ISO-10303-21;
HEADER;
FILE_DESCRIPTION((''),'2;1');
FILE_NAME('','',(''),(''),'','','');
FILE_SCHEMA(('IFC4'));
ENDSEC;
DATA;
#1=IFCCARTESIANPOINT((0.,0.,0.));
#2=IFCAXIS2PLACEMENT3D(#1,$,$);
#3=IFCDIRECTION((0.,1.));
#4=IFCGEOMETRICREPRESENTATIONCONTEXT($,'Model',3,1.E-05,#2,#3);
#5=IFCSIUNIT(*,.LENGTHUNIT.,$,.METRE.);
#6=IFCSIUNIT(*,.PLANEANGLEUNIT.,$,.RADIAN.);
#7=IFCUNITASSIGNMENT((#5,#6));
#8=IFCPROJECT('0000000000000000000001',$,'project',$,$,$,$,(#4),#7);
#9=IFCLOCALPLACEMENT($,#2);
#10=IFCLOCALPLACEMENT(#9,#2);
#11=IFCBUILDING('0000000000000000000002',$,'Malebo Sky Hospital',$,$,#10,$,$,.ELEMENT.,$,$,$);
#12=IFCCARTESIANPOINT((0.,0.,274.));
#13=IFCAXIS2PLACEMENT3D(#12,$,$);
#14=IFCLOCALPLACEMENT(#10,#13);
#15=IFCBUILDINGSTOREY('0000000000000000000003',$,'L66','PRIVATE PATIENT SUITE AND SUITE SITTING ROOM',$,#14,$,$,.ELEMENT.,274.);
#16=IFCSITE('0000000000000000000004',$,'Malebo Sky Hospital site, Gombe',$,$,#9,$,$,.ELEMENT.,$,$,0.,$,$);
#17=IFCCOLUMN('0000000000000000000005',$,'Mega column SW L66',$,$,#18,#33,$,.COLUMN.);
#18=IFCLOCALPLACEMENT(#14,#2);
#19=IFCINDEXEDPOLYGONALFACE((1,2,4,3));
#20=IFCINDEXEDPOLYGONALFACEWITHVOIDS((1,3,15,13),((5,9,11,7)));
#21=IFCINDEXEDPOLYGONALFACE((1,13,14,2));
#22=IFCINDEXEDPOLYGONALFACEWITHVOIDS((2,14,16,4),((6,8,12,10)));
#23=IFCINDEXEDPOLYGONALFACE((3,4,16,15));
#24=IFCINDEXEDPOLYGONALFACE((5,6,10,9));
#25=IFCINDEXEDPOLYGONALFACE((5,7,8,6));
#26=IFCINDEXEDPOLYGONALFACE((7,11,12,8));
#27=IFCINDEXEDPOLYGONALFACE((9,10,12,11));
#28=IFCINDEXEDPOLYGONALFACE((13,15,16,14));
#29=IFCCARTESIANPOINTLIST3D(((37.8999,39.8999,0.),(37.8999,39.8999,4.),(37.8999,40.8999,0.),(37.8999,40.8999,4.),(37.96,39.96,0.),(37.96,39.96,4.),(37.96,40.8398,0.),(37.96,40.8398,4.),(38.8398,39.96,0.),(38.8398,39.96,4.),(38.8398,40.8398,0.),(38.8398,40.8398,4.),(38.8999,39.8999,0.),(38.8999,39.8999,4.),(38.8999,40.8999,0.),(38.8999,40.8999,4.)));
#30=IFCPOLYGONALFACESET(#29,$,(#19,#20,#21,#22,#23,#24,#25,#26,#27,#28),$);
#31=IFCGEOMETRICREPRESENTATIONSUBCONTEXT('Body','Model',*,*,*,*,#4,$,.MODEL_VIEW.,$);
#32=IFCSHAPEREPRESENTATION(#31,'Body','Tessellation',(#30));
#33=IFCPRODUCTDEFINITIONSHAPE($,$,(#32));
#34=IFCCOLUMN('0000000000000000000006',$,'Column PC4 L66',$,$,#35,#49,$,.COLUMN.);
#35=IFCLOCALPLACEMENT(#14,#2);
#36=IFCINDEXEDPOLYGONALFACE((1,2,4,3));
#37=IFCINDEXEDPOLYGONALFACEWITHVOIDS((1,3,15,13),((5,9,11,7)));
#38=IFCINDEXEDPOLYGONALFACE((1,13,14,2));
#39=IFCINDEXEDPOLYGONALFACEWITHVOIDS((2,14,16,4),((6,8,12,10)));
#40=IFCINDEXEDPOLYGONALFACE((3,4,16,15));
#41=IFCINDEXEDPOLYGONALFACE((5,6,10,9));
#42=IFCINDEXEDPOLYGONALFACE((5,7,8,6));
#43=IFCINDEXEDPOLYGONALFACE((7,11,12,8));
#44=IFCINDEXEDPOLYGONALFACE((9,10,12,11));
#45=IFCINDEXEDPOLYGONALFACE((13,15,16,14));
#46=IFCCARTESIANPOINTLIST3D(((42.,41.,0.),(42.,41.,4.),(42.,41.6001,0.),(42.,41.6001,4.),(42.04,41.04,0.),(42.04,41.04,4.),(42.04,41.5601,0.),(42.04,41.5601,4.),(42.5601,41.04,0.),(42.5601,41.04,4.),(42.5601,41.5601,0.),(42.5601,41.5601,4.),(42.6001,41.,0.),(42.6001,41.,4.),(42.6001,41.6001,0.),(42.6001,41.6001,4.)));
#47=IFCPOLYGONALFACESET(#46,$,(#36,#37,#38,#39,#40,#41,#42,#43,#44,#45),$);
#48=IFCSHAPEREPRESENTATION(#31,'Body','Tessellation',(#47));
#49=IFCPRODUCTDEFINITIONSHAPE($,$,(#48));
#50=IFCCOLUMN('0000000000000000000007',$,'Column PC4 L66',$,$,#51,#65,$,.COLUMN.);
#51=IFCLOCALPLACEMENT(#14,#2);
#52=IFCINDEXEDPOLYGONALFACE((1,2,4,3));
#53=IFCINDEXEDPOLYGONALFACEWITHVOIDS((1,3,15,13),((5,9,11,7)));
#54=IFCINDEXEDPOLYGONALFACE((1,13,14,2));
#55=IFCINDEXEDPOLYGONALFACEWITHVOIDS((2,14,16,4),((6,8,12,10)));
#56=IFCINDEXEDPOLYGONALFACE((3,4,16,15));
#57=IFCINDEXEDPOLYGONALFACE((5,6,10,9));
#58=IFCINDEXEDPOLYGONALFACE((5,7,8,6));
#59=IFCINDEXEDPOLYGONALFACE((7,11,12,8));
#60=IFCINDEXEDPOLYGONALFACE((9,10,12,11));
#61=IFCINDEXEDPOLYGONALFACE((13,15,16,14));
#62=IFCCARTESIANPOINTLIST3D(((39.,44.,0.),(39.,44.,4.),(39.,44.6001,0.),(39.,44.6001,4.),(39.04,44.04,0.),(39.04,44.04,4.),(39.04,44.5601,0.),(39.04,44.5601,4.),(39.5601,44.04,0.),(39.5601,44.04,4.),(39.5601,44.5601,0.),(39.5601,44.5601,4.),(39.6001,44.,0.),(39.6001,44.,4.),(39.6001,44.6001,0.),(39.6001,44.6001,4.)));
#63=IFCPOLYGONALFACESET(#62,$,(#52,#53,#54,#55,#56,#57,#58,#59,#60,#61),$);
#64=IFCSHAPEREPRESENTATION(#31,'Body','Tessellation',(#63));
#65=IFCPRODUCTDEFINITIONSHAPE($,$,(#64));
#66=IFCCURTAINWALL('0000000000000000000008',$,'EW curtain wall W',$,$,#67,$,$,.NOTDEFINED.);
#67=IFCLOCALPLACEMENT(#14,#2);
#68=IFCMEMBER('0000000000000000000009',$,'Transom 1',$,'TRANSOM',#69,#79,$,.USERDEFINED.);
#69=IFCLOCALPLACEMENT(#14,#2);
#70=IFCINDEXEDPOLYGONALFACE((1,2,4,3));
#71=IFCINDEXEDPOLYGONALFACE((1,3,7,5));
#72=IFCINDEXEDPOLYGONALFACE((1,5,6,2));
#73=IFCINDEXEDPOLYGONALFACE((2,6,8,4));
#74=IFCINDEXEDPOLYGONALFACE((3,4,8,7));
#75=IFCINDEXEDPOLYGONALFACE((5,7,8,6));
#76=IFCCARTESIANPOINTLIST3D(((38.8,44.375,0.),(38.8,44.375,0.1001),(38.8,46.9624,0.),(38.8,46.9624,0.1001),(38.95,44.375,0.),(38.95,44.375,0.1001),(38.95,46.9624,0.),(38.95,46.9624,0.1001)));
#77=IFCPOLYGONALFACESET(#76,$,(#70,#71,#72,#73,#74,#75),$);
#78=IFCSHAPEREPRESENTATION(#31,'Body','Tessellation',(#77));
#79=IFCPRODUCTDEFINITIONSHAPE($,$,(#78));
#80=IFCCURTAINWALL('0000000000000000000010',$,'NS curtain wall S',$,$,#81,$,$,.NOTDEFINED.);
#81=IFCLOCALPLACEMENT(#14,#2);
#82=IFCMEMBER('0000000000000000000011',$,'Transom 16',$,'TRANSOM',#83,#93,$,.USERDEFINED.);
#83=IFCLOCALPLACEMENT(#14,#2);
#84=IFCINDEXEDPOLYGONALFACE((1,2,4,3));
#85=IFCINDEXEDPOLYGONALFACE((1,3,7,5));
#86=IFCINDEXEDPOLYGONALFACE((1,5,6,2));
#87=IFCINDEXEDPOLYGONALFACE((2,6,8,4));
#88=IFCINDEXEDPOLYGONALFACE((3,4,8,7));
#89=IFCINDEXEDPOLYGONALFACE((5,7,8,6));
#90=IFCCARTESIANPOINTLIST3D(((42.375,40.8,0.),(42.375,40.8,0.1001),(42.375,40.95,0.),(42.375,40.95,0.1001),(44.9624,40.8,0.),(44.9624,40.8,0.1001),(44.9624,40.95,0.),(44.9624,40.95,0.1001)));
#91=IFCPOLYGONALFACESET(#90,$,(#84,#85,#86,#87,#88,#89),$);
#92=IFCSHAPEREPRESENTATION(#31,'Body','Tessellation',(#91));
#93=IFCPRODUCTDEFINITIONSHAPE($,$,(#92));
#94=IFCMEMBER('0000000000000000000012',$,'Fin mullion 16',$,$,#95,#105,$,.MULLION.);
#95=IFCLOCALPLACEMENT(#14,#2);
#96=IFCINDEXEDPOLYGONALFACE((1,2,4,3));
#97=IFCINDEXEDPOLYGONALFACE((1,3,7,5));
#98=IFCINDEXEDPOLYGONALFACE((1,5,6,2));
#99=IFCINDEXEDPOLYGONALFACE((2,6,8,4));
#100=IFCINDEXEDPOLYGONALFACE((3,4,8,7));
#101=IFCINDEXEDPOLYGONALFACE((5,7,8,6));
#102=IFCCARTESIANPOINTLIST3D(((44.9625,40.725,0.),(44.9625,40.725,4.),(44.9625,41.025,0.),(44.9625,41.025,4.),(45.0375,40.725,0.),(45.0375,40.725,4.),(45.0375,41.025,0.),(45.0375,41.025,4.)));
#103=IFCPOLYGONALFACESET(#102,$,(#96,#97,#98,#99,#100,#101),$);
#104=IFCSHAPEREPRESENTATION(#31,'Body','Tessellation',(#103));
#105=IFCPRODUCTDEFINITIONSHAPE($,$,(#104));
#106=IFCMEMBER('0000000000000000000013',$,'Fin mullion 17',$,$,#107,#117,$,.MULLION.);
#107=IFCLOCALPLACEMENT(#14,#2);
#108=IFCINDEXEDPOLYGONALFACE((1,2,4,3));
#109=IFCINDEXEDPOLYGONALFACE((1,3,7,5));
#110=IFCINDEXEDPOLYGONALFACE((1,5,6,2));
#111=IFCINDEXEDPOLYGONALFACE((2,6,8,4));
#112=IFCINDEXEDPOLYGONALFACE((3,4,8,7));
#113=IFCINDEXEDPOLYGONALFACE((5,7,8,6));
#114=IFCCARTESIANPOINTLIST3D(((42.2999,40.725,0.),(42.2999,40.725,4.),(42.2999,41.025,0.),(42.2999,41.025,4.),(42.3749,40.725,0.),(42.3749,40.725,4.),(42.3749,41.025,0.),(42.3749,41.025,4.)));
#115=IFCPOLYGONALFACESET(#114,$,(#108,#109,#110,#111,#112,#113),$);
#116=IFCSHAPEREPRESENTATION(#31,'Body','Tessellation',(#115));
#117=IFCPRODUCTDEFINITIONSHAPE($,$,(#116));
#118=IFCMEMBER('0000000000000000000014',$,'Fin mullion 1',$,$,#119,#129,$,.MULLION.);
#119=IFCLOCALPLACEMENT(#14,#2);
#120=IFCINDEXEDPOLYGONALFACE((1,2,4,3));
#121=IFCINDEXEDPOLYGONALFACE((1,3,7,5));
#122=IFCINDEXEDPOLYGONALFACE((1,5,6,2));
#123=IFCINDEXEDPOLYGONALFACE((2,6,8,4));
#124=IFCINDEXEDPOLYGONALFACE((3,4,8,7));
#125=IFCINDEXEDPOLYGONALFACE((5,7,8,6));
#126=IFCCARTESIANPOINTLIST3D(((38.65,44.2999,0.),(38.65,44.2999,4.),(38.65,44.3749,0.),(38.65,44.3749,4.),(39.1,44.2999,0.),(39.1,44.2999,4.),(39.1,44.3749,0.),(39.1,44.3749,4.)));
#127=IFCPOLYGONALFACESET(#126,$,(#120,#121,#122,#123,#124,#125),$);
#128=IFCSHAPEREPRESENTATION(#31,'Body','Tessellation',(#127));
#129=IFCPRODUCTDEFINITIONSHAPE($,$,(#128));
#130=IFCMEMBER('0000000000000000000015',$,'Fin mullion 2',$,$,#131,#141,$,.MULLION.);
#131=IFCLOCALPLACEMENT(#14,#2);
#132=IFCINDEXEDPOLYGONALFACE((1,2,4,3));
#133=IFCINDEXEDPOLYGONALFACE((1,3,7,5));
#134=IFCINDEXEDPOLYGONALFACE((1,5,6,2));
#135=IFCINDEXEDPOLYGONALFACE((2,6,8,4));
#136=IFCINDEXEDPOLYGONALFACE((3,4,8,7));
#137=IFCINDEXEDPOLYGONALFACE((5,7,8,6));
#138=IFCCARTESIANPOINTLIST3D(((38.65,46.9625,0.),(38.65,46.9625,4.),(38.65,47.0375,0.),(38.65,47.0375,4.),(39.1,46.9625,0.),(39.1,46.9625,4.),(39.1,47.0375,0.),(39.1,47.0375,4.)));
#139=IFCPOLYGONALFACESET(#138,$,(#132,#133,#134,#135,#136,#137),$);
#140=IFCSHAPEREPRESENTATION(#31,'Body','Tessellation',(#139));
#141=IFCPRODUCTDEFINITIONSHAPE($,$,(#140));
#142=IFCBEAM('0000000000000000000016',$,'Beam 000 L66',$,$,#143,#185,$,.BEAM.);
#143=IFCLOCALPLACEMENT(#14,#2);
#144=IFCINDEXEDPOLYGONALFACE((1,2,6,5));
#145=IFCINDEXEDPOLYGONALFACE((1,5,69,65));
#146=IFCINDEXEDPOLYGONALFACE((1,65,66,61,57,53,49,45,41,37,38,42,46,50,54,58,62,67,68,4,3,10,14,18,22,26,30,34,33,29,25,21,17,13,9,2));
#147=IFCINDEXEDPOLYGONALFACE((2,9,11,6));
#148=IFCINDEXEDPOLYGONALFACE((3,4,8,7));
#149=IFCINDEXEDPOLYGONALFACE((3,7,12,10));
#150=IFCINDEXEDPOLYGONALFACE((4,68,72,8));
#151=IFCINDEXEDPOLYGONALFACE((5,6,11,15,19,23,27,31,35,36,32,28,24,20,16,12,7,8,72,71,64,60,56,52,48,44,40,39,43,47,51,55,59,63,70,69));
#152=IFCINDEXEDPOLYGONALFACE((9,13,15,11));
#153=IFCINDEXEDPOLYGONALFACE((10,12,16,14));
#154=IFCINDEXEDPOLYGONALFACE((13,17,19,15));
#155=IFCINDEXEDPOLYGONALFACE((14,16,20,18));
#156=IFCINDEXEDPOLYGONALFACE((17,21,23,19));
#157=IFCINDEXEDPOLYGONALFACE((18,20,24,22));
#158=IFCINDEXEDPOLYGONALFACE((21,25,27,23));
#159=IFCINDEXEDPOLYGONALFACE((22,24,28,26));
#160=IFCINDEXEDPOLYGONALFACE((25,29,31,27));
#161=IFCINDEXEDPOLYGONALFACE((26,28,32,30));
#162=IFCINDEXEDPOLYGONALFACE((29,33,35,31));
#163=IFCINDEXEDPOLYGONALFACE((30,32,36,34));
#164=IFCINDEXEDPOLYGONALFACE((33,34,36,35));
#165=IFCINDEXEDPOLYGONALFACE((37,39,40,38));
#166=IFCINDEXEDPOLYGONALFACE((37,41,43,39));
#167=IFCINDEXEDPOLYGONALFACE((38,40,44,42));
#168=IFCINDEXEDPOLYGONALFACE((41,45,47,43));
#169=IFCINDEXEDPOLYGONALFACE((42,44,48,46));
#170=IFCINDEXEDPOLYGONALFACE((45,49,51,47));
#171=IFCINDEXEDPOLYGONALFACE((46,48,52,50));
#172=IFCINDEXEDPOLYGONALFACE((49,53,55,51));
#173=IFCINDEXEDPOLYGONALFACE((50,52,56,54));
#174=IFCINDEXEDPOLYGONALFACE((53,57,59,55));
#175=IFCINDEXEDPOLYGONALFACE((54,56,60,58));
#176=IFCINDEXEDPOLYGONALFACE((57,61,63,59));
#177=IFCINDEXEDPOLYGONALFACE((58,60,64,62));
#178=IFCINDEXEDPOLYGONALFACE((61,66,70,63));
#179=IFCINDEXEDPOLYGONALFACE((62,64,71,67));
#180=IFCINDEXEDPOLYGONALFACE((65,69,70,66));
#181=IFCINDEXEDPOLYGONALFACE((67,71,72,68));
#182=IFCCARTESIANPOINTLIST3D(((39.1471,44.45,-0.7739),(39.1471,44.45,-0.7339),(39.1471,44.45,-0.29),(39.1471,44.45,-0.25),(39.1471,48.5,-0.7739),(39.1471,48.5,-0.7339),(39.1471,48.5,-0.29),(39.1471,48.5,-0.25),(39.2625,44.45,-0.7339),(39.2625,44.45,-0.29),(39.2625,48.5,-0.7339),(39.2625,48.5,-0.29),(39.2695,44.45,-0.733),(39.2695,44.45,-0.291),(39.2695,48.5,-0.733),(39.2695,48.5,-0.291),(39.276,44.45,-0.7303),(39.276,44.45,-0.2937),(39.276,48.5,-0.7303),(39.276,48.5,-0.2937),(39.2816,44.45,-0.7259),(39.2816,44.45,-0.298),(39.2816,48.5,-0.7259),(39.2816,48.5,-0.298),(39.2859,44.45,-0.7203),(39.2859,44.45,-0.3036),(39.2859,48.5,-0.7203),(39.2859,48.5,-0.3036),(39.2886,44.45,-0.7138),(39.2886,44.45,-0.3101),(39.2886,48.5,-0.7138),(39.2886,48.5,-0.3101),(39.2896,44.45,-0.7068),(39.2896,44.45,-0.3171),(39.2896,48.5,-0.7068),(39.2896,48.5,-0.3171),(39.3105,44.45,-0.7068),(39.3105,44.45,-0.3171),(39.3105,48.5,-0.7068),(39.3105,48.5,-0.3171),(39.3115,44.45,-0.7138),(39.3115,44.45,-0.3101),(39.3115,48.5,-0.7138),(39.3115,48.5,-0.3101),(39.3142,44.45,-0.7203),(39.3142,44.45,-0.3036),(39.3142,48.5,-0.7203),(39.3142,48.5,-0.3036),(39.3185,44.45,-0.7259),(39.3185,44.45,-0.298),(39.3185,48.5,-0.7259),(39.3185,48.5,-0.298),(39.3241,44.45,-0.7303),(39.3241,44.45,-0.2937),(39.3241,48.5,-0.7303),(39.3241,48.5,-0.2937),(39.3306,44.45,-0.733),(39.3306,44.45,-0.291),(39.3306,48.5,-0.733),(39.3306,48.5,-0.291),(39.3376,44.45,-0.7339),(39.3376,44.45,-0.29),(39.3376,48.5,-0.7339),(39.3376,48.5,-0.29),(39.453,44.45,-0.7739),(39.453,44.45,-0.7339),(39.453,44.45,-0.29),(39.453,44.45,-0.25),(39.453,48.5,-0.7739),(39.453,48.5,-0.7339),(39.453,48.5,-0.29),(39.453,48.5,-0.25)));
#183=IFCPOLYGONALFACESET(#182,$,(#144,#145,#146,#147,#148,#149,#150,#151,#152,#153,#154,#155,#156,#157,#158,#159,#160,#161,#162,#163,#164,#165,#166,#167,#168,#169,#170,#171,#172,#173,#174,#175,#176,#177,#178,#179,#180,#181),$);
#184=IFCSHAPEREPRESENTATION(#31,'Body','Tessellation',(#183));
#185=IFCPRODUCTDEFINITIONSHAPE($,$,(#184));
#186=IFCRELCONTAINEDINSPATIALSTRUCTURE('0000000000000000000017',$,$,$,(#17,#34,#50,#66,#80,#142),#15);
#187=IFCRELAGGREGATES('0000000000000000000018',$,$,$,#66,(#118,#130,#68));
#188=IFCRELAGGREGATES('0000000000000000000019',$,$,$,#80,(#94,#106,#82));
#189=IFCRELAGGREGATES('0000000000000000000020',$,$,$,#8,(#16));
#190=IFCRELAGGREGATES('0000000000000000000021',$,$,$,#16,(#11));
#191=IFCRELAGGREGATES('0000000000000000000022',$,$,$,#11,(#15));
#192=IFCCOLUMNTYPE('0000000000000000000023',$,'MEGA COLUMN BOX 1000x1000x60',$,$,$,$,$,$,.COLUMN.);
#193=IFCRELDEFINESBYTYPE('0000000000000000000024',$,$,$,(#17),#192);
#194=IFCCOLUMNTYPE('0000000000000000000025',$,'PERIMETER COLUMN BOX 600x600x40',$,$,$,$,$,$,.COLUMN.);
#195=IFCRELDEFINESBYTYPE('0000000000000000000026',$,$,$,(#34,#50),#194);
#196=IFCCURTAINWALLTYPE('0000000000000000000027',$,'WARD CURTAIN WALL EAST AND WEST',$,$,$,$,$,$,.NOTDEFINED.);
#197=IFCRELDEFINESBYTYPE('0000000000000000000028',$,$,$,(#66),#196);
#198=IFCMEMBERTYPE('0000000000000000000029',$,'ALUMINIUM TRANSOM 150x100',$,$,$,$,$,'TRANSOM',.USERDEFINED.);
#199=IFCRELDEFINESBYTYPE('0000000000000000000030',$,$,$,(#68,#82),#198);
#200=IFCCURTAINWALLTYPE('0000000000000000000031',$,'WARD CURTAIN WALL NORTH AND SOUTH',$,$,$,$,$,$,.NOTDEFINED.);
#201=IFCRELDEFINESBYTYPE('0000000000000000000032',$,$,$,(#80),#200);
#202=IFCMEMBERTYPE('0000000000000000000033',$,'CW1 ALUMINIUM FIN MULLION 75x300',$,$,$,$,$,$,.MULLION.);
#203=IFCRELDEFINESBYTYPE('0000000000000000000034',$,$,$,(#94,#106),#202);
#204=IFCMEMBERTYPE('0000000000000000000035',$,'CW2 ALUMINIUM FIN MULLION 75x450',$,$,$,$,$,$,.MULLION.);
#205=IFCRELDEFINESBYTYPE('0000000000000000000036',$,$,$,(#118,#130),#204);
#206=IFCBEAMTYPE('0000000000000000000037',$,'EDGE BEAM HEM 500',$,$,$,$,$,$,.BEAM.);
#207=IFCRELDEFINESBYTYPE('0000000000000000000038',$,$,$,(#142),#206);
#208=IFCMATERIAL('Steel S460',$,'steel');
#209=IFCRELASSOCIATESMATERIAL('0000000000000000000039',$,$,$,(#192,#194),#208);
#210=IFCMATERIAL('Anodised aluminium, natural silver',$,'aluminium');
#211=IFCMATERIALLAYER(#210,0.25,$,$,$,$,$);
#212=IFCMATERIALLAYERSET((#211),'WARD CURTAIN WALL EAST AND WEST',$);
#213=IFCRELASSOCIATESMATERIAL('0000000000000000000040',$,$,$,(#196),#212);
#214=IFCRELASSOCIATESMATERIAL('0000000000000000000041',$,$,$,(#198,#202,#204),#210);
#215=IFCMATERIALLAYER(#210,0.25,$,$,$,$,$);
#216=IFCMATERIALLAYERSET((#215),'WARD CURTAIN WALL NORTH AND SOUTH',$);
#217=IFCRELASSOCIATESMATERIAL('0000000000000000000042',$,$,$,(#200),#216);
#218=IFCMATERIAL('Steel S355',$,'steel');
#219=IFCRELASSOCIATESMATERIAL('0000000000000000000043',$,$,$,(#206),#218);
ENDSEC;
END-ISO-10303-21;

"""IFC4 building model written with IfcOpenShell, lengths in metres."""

from ifc_helpers import new_model, si_unit, direction, frame, origin, origin_2d, place, context, subcontext, project, spatial, rectangle, hollow_rectangle, i_section, extrude, material, layer, layer_set, material_profile, profile_set, type_object, element, aggregate, save


model = new_model("IFC4")

# Units and contexts
model_context = context("Model", 3, precision=1e-05, world=origin(), true_north=direction((0.0, 1.0)))
body_context = subcontext(model_context, "Body", "Model", "MODEL_VIEW")
ifc_project = project(units=[si_unit("LENGTHUNIT", "METRE"), si_unit("PLANEANGLEUNIT", "RADIAN")], contexts=[model_context])

# Site, building, storey
site_placement = place(None, origin())
site = spatial("IfcSite", under=ifc_project, at=site_placement, Name="Malebo Sky Hospital site, Gombe", CompositionType="ELEMENT", RefElevation=0.0)
building_placement = place(site_placement, origin())
building = spatial("IfcBuilding", under=site, at=building_placement, Name="Malebo Sky Hospital", CompositionType="ELEMENT")
storey_placement = place(building_placement, frame((0.0, 0.0, 274.0)))
storey = spatial("IfcBuildingStorey", under=building, at=storey_placement, Name="L66", Description="PRIVATE PATIENT SUITE AND SUITE SITTING ROOM", CompositionType="ELEMENT", Elevation=274.0)

# Columns
ifc_material_1 = material(Name="Steel S460", Category="steel")
ifc_material_profile_1 = material_profile(ifc_material_1, hollow_rectangle(XDim=1.0, YDim=1.0, WallThickness=0.0601, at=origin_2d()), Name="BOX 1000x1000x60")
ifc_profile_set_1 = profile_set([ifc_material_profile_1], Name="Steel S460")
column_type_1 = type_object("IfcColumnType", Name="MEGA COLUMN BOX 1000x1000x60", PredefinedType="COLUMN", material=ifc_profile_set_1)
column_placement = place(storey_placement, frame((38.3999, 40.3999, 0.0), z_axis=(0.0, 0.0, 1.0), x_axis=(1.0, 0.0, 0.0)))
element("IfcColumn", 1, at=column_placement, inside=storey, type_object=column_type_1, Name="Mega column SW L66", PredefinedType="COLUMN", context=body_context, shape_type="SweptSolid", body=[
    extrude(hollow_rectangle(XDim=1.0, YDim=1.0, WallThickness=0.0601, at=origin_2d()), origin(), (0.0, 0.0, 1.0), 4.0),
])
ifc_material_profile_2 = material_profile(ifc_material_1, hollow_rectangle(XDim=0.6001, YDim=0.6001, WallThickness=0.04, at=origin_2d()), Name="BOX 600x600x40")
ifc_profile_set_2 = profile_set([ifc_material_profile_2], Name="Steel S460")
column_type_2 = type_object("IfcColumnType", Name="PERIMETER COLUMN BOX 600x600x40", PredefinedType="COLUMN", material=ifc_profile_set_2)
for number, where, z_axis, x_axis, name in (
    (2, (42.3, 41.3, 0.0), (0.0, 0.0, 1.0), (1.0, 0.0, 0.0), "Column PC4 L66"),
    (3, (39.3, 44.3, 0.0), (0.0, 0.0, 1.0), (1.0, 0.0, 0.0), "Column PC4 L66"),
):
    element("IfcColumn", number, at=place(storey_placement, frame(where, z_axis=z_axis, x_axis=x_axis)), inside=storey, type_object=column_type_2, Name=name, PredefinedType="COLUMN", context=body_context, shape_type="SweptSolid", body=[
        extrude(hollow_rectangle(XDim=0.6001, YDim=0.6001, WallThickness=0.04, at=origin_2d()), origin(), (0.0, 0.0, 1.0), 4.0),
    ])

# Curtain wall, member
ifc_material_2 = material(Name="Anodised aluminium, natural silver", Category="aluminium")
ifc_layer_1 = layer(ifc_material_2, 0.25)
ifc_layer_set_1 = layer_set([ifc_layer_1], Name="WARD CURTAIN WALL EAST AND WEST")
curtain_wall_type_1 = type_object("IfcCurtainWallType", Name="WARD CURTAIN WALL EAST AND WEST", PredefinedType="NOTDEFINED", material=ifc_layer_set_1)
curtain_wall_1_placement = place(storey_placement, origin())
curtain_wall_1 = element("IfcCurtainWall", 4, at=curtain_wall_1_placement, inside=storey, type_object=curtain_wall_type_1, Name="EW curtain wall W", PredefinedType="NOTDEFINED")
ifc_material_profile_3 = material_profile(ifc_material_2, rectangle(XDim=0.1499, YDim=0.1001, at=origin_2d()), Name="ALUMINIUM TRANSOM 150x100")
ifc_profile_set_3 = profile_set([ifc_material_profile_3], Name="Anodised aluminium, natural silver")
member_type_1 = type_object("IfcMemberType", Name="ALUMINIUM TRANSOM 150x100", ElementType="TRANSOM", PredefinedType="USERDEFINED", material=ifc_profile_set_3)
member_1_placement = place(storey_placement, frame((38.875, 44.375, 0.05), z_axis=(0.0, 1.0, 0.0), x_axis=(-1.0, 0.0, 0.0)))
member_1 = element("IfcMember", 5, at=member_1_placement, type_object=member_type_1, Name="Transom 1", ObjectType="TRANSOM", PredefinedType="USERDEFINED", context=body_context, shape_type="SweptSolid", body=[
    extrude(rectangle(XDim=0.1499, YDim=0.1001, at=origin_2d()), origin(), (0.0, 0.0, 1.0), 2.5874),
])

# Curtain wall, members
ifc_layer_2 = layer(ifc_material_2, 0.25)
ifc_layer_set_2 = layer_set([ifc_layer_2], Name="WARD CURTAIN WALL NORTH AND SOUTH")
curtain_wall_type_2 = type_object("IfcCurtainWallType", Name="WARD CURTAIN WALL NORTH AND SOUTH", PredefinedType="NOTDEFINED", material=ifc_layer_set_2)
curtain_wall_2_placement = place(storey_placement, origin())
curtain_wall_2 = element("IfcCurtainWall", 6, at=curtain_wall_2_placement, inside=storey, type_object=curtain_wall_type_2, Name="NS curtain wall S", PredefinedType="NOTDEFINED")
member_2_placement = place(storey_placement, frame((44.9624, 40.875, 0.05), z_axis=(-1.0, 0.0, 0.0), x_axis=(0.0, -1.0, 0.0)))
member_2 = element("IfcMember", 7, at=member_2_placement, type_object=member_type_1, Name="Transom 16", ObjectType="TRANSOM", PredefinedType="USERDEFINED", context=body_context, shape_type="SweptSolid", body=[
    extrude(rectangle(XDim=0.1499, YDim=0.1001, at=origin_2d()), origin(), (0.0, 0.0, 1.0), 2.5874),
])
ifc_material_profile_4 = material_profile(ifc_material_2, rectangle(XDim=0.075, YDim=0.3, at=origin_2d()), Name="CW1 ALUMINIUM FIN MULLION 75x300")
ifc_profile_set_4 = profile_set([ifc_material_profile_4], Name="Anodised aluminium, natural silver")
member_type_2 = type_object("IfcMemberType", Name="CW1 ALUMINIUM FIN MULLION 75x300", PredefinedType="MULLION", material=ifc_profile_set_4)
member_3_placement = place(storey_placement, frame((45.0, 40.875, 0.0), z_axis=(0.0, 0.0, 1.0), x_axis=(-1.0, 0.0, 0.0)))
member_3 = element("IfcMember", 8, at=member_3_placement, type_object=member_type_2, Name="Fin mullion 16", PredefinedType="MULLION", context=body_context, shape_type="SweptSolid", body=[
    extrude(rectangle(XDim=0.075, YDim=0.3, at=origin_2d()), origin(), (0.0, 0.0, 1.0), 4.0),
])
member_4_placement = place(storey_placement, frame((42.3374, 40.875, 0.0), z_axis=(0.0, 0.0, 1.0), x_axis=(-1.0, 0.0, 0.0)))
member_4 = element("IfcMember", 9, at=member_4_placement, type_object=member_type_2, Name="Fin mullion 17", PredefinedType="MULLION", context=body_context, shape_type="SweptSolid", body=[
    extrude(rectangle(XDim=0.075, YDim=0.3, at=origin_2d()), origin(), (0.0, 0.0, 1.0), 4.0),
])

# Members
ifc_material_profile_5 = material_profile(ifc_material_2, rectangle(XDim=0.075, YDim=0.45, at=origin_2d()), Name="CW2 ALUMINIUM FIN MULLION 75x450")
ifc_profile_set_5 = profile_set([ifc_material_profile_5], Name="Anodised aluminium, natural silver")
member_type_3 = type_object("IfcMemberType", Name="CW2 ALUMINIUM FIN MULLION 75x450", PredefinedType="MULLION", material=ifc_profile_set_5)
member_5_placement = place(storey_placement, frame((38.875, 44.3374, 0.0), z_axis=(0.0, 0.0, 1.0), x_axis=(0.0, 1.0, 0.0)))
member_5 = element("IfcMember", 10, at=member_5_placement, type_object=member_type_3, Name="Fin mullion 1", PredefinedType="MULLION", context=body_context, shape_type="SweptSolid", body=[
    extrude(rectangle(XDim=0.075, YDim=0.45, at=origin_2d()), origin(), (0.0, 0.0, 1.0), 4.0),
])
member_6_placement = place(storey_placement, frame((38.875, 47.0, 0.0), z_axis=(0.0, 0.0, 1.0), x_axis=(0.0, 1.0, 0.0)))
member_6 = element("IfcMember", 11, at=member_6_placement, type_object=member_type_3, Name="Fin mullion 2", PredefinedType="MULLION", context=body_context, shape_type="SweptSolid", body=[
    extrude(rectangle(XDim=0.075, YDim=0.45, at=origin_2d()), origin(), (0.0, 0.0, 1.0), 4.0),
])

# Beam
ifc_material_3 = material(Name="Steel S355", Category="steel")
ifc_material_profile_6 = material_profile(ifc_material_3, i_section(OverallWidth=0.3059, OverallDepth=0.5239, WebThickness=0.021, FlangeThickness=0.04, FilletRadius=0.0271, at=origin_2d()), Name="HEM 500")
ifc_profile_set_6 = profile_set([ifc_material_profile_6], Name="Steel S355")
beam_type_1 = type_object("IfcBeamType", Name="EDGE BEAM HEM 500", PredefinedType="BEAM", material=ifc_profile_set_6)
for number, where, z_axis, x_axis, name in (
    (12, (39.3, 44.45, -0.512), (0.0, 1.0, 0.0), (-1.0, 0.0, 0.0), "Beam 000 L66"),
):
    element("IfcBeam", number, at=place(storey_placement, frame(where, z_axis=z_axis, x_axis=x_axis)), inside=storey, type_object=beam_type_1, Name=name, PredefinedType="BEAM", context=body_context, shape_type="SweptSolid", body=[
        extrude(i_section(OverallWidth=0.3059, OverallDepth=0.5239, WebThickness=0.021, FlangeThickness=0.04, FilletRadius=0.0271, at=origin_2d()), origin(), (0.0, 0.0, 1.0), 4.05),
    ])

aggregate(curtain_wall_1, [member_5, member_6, member_1])
aggregate(curtain_wall_2, [member_3, member_4, member_2])

save(model, "model.ifc")
